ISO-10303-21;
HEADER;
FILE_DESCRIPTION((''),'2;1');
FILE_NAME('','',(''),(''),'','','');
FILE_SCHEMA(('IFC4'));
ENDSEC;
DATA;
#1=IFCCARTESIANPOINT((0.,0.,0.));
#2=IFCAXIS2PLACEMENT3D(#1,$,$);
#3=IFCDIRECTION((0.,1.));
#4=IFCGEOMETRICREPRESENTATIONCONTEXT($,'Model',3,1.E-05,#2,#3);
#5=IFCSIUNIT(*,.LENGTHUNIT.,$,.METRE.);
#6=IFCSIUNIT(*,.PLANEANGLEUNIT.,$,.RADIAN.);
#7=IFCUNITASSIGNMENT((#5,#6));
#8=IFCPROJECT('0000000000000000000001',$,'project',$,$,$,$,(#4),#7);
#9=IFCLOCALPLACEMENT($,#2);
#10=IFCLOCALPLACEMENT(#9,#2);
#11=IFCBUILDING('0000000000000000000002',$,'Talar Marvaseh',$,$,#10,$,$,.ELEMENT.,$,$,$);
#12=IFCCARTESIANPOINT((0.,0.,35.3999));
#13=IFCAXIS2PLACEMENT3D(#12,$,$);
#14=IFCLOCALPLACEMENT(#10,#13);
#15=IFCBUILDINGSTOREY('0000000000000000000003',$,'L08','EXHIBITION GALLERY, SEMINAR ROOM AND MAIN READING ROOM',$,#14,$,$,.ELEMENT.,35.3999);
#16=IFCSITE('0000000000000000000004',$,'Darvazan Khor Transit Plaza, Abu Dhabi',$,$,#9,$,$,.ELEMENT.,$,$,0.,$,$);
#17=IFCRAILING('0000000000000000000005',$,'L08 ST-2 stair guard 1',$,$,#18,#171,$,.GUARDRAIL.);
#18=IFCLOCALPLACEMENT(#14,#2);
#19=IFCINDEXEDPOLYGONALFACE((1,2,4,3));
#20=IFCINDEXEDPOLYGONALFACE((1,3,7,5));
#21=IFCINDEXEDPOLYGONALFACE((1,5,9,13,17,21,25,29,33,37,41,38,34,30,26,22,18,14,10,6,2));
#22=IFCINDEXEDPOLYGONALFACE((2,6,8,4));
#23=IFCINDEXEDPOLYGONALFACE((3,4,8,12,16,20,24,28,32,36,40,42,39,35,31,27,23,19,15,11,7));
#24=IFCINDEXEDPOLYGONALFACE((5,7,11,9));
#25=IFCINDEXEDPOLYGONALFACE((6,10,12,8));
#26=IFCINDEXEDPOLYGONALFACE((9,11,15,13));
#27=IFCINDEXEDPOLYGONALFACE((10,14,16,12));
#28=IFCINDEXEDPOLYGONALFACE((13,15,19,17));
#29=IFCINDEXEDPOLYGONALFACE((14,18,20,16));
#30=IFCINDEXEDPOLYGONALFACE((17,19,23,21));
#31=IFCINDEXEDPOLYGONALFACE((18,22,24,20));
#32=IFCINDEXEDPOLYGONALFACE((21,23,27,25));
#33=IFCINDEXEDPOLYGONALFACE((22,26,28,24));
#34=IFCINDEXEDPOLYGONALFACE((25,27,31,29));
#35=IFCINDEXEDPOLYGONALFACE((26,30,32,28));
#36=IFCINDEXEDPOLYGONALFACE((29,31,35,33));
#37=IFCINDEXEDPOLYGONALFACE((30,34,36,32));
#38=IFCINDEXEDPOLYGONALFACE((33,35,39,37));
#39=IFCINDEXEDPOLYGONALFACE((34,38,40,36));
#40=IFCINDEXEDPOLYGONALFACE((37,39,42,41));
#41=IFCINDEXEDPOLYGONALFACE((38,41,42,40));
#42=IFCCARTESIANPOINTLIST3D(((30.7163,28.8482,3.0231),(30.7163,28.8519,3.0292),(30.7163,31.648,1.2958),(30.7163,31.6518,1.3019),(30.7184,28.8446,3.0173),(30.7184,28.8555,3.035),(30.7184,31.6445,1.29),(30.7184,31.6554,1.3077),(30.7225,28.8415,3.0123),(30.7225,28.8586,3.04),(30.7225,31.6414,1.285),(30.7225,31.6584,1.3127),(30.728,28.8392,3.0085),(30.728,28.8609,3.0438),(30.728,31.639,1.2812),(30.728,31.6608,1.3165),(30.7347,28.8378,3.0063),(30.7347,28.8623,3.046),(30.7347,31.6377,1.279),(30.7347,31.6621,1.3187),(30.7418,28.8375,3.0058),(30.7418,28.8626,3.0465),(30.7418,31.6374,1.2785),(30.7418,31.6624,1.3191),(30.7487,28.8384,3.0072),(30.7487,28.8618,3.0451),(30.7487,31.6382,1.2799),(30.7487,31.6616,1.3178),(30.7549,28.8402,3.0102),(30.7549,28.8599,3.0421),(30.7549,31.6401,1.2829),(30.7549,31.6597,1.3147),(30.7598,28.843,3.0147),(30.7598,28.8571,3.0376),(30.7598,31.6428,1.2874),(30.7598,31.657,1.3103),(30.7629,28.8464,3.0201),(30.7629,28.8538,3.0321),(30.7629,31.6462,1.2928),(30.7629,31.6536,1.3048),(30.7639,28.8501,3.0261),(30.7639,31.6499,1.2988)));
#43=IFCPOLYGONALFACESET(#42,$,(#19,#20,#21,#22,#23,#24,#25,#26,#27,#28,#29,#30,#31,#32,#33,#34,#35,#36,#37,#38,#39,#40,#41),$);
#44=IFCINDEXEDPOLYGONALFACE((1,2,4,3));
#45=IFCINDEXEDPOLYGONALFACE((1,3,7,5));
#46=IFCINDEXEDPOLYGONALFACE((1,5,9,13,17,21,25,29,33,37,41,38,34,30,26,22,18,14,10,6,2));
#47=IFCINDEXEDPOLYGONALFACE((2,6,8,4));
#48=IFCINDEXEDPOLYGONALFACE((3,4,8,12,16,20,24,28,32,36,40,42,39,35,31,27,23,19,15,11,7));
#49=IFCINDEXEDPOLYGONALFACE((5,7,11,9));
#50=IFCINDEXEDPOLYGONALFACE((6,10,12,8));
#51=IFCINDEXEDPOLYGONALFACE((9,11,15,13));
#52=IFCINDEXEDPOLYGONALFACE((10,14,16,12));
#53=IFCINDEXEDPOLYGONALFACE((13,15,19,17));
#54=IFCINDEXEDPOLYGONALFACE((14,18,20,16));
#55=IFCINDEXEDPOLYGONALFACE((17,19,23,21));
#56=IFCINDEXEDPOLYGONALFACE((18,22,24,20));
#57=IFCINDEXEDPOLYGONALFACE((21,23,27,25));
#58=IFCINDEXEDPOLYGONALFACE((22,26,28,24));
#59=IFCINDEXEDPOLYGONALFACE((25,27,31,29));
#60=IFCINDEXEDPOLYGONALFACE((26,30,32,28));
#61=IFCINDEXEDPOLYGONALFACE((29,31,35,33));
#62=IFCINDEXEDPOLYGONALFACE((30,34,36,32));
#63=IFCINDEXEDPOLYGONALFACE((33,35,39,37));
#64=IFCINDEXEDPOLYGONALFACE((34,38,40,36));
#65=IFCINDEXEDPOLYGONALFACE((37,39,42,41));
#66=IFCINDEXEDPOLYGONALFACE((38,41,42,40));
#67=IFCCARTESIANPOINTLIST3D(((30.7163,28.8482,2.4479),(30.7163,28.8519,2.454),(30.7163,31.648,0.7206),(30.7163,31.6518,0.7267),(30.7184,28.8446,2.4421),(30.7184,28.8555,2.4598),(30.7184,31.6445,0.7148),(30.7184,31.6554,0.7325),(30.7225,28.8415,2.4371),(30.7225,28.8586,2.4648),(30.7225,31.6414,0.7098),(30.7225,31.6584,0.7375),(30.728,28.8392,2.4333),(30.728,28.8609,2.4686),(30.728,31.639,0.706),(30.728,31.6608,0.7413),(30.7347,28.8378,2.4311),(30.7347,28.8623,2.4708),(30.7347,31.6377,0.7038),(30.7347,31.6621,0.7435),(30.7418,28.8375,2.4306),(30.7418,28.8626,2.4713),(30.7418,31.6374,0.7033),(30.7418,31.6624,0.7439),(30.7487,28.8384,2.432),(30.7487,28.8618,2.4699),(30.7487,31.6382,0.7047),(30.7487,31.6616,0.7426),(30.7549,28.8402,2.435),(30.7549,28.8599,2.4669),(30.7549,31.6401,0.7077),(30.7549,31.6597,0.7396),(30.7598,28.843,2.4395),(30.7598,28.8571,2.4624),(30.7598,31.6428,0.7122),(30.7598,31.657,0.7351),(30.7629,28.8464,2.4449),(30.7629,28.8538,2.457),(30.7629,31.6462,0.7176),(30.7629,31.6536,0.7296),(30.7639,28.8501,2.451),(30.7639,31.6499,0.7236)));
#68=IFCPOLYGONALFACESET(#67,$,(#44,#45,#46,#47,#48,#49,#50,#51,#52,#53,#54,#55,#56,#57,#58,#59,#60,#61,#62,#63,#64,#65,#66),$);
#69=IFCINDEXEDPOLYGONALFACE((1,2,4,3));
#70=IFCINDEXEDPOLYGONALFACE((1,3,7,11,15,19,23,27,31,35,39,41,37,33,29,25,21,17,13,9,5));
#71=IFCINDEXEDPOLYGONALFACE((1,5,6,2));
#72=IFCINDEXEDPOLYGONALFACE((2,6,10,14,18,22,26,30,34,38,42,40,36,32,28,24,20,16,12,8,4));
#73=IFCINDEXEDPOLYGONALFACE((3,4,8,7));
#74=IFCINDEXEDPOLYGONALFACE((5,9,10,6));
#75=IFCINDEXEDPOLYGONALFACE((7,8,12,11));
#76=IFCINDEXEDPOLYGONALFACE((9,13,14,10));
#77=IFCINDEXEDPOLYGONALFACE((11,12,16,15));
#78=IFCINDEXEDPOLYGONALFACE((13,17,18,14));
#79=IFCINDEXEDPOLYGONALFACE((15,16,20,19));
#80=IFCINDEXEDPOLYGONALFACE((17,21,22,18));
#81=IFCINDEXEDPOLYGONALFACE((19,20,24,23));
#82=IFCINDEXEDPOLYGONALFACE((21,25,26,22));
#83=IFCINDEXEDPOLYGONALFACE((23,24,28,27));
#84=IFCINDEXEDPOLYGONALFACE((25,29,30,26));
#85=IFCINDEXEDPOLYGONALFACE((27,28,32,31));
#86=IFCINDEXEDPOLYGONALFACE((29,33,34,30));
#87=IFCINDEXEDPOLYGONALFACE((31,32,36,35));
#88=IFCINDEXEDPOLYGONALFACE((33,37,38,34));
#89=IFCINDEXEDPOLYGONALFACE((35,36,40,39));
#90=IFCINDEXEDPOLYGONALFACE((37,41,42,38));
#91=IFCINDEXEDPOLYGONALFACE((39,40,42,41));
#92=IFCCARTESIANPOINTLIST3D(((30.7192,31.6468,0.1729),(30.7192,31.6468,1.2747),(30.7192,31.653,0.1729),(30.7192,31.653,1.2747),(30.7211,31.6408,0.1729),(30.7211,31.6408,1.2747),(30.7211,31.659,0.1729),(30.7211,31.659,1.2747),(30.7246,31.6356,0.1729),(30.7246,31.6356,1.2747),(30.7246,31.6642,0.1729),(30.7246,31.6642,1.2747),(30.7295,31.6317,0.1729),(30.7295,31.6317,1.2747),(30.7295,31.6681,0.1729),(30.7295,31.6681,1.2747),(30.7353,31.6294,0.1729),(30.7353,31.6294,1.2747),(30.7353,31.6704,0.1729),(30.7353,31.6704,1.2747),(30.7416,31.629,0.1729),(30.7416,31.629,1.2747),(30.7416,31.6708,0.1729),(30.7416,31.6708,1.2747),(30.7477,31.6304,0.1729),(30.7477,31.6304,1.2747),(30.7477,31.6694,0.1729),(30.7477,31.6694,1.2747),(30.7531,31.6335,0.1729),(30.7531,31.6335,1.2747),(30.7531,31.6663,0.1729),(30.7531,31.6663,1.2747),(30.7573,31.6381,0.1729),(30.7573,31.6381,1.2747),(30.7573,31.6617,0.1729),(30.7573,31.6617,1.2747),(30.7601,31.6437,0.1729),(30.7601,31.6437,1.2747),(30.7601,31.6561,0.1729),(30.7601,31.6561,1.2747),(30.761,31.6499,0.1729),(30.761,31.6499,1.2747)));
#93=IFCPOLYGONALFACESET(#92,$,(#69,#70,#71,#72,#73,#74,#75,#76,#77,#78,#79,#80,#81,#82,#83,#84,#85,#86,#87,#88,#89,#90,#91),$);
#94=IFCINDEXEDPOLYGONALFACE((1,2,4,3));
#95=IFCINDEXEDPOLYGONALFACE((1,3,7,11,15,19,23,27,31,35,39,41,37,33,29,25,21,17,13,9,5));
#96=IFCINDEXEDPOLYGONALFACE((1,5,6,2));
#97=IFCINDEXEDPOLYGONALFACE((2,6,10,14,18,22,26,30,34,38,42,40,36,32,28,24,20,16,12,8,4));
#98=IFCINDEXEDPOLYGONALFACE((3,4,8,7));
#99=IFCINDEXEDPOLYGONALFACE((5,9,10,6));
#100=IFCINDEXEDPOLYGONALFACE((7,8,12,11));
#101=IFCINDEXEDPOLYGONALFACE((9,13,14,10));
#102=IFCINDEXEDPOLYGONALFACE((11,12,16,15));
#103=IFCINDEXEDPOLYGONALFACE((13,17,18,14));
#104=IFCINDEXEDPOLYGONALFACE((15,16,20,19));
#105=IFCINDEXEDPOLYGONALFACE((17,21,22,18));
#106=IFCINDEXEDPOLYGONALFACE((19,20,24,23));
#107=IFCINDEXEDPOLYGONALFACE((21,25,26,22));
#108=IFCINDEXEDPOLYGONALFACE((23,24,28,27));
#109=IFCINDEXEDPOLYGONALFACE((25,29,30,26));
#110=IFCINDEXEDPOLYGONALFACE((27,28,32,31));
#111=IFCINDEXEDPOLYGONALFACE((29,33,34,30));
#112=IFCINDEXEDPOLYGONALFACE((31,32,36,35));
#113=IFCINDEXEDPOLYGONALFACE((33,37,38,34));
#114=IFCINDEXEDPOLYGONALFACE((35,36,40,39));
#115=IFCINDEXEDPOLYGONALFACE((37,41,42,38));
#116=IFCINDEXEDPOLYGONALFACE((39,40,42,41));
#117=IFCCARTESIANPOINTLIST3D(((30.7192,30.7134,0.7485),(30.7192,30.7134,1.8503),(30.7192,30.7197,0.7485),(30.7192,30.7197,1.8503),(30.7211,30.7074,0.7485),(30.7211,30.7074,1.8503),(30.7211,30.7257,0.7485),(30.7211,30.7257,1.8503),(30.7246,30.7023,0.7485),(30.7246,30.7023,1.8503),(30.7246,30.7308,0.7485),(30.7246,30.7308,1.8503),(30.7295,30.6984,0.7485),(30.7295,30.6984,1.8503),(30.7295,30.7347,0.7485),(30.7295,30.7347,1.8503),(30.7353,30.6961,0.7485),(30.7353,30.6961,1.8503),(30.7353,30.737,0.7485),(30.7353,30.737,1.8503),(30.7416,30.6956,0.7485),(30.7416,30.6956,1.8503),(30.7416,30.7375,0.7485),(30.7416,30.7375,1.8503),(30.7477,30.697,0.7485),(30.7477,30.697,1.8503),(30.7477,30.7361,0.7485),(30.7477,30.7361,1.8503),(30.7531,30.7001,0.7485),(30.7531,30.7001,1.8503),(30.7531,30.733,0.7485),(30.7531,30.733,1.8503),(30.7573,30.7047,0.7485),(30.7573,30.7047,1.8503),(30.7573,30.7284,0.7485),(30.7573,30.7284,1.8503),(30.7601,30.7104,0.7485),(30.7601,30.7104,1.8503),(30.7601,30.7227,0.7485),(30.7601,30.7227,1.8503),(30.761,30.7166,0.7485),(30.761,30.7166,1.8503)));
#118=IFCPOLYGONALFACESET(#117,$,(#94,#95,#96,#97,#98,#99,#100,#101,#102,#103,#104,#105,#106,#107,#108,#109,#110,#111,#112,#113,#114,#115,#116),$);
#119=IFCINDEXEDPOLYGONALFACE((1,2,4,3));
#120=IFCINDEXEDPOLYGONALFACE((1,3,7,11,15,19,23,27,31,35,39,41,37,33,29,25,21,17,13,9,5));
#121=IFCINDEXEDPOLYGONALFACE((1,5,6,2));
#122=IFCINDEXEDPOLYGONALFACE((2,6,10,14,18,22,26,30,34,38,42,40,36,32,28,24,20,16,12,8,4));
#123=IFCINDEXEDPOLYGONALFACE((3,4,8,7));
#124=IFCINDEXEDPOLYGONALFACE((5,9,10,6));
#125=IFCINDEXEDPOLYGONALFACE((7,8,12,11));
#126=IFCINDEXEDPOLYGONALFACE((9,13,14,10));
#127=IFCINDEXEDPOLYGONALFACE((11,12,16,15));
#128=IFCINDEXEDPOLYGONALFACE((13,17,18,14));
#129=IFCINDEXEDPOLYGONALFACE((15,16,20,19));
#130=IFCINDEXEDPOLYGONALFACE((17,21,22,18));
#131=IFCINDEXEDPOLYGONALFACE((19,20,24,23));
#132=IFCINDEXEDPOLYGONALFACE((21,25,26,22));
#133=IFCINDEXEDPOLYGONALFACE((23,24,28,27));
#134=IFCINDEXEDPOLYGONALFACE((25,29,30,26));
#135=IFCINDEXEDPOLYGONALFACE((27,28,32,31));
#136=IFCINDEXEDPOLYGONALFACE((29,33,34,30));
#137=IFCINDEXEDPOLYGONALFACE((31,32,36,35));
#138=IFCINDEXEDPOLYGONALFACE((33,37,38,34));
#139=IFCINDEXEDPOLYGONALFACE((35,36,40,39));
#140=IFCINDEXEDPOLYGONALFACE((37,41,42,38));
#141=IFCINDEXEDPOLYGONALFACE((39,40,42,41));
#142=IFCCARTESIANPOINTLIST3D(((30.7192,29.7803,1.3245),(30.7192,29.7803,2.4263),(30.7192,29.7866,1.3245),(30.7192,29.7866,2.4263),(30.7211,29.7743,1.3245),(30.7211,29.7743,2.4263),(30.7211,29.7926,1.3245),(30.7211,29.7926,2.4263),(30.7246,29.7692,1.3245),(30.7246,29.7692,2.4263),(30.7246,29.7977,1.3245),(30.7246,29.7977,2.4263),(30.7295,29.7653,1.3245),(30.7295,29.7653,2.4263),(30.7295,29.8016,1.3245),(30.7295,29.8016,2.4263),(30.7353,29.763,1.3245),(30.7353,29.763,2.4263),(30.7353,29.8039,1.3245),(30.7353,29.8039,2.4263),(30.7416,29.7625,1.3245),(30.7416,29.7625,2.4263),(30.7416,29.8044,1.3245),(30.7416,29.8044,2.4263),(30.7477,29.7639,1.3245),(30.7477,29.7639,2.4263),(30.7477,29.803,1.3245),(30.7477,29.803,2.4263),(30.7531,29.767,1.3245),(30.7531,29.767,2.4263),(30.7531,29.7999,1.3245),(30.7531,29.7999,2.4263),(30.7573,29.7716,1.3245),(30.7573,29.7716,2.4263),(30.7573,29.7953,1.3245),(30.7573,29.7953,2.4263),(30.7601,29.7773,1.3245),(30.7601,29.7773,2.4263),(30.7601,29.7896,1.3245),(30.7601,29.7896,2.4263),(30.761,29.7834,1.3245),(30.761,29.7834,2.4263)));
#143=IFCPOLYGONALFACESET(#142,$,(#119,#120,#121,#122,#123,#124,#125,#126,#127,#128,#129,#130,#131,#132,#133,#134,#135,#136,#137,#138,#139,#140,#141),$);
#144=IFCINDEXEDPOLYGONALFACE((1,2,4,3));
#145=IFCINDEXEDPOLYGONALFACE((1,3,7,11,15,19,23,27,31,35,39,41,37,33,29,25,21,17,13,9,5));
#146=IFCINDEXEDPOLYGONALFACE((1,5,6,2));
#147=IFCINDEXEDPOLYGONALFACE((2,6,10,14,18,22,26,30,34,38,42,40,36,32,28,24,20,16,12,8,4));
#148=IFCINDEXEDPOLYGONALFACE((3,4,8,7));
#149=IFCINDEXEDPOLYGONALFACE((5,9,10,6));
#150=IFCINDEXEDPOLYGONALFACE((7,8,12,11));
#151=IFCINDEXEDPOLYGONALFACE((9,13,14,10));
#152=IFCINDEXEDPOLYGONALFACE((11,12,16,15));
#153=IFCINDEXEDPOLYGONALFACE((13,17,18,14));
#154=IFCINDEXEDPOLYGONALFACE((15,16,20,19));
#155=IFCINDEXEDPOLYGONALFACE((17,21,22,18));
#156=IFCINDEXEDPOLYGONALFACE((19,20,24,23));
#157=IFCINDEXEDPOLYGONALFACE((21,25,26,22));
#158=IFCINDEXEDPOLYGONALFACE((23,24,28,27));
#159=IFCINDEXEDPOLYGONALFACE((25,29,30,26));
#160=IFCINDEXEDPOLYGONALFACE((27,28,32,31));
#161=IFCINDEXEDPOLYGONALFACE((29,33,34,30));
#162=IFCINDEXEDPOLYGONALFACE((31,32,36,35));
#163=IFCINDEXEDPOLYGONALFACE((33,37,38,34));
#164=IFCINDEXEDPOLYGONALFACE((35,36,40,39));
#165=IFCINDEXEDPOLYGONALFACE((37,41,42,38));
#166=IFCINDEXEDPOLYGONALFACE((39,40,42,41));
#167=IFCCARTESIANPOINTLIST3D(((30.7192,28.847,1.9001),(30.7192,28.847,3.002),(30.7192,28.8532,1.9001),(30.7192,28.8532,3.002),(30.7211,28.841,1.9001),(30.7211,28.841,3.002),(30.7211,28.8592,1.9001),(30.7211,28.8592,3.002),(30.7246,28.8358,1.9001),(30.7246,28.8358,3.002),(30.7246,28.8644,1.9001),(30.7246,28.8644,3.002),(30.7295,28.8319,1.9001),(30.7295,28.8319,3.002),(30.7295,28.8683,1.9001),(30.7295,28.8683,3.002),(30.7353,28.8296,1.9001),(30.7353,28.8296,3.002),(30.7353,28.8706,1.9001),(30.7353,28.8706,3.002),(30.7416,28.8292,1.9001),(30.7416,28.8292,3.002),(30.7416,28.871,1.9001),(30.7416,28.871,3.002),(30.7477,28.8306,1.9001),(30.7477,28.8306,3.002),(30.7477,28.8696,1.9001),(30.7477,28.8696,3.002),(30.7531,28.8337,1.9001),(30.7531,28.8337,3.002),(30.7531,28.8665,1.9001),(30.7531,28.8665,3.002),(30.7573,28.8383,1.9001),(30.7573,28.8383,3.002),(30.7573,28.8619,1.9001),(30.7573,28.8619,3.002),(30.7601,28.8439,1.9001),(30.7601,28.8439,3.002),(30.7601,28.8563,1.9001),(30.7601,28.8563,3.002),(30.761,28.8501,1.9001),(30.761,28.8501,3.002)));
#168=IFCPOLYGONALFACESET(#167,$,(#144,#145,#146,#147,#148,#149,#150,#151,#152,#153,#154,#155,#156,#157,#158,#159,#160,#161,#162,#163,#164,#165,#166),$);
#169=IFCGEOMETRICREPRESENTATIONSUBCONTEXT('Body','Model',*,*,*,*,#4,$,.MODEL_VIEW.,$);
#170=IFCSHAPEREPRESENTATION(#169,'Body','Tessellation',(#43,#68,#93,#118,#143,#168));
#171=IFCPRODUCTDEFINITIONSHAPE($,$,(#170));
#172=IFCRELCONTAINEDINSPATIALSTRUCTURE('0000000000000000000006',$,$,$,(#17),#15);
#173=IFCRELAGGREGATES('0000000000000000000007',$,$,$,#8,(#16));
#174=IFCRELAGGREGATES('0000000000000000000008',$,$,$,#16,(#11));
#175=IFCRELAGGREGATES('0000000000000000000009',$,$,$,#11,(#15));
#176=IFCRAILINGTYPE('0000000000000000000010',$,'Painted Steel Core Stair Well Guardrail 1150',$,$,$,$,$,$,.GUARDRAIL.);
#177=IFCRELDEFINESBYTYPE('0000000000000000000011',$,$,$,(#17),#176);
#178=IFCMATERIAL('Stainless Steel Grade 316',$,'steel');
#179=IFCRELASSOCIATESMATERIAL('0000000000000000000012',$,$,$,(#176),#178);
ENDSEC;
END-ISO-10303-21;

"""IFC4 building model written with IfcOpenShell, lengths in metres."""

from ifc_helpers import new_model, si_unit, direction, frame, origin, origin_2d, place, context, subcontext, project, spatial, circle, extrude, material, type_object, element, save


model = new_model("IFC4")

# Units and contexts
model_context = context("Model", 3, precision=1e-05, world=origin(), true_north=direction((0.0, 1.0)))
body_context = subcontext(model_context, "Body", "Model", "MODEL_VIEW")
ifc_project = project(units=[si_unit("LENGTHUNIT", "METRE"), si_unit("PLANEANGLEUNIT", "RADIAN")], contexts=[model_context])

# Site, building, storey
site_placement = place(None, origin())
site = spatial("IfcSite", under=ifc_project, at=site_placement, Name="Darvazan Khor Transit Plaza, Abu Dhabi", CompositionType="ELEMENT", RefElevation=0.0)
building_placement = place(site_placement, origin())
building = spatial("IfcBuilding", under=site, at=building_placement, Name="Talar Marvaseh", CompositionType="ELEMENT")
storey_placement = place(building_placement, frame((0.0, 0.0, 35.3999)))
storey = spatial("IfcBuildingStorey", under=building, at=storey_placement, Name="L08", Description="EXHIBITION GALLERY, SEMINAR ROOM AND MAIN READING ROOM", CompositionType="ELEMENT", Elevation=35.3999)

# Railing
ifc_material_1 = material(Name="Stainless Steel Grade 316", Category="steel")
railing_type_1 = type_object("IfcRailingType", Name="Painted Steel Core Stair Well Guardrail 1150", PredefinedType="GUARDRAIL", material=ifc_material_1)
railing_1_placement = place(storey_placement, frame((30.74, 31.6499, 0.1729)))
element("IfcRailing", 1, at=railing_1_placement, inside=storey, type_object=railing_type_1, Name="L08 ST-2 stair guard 1", PredefinedType="GUARDRAIL", context=body_context, shape_type="SweptSolid", body=[
    extrude(circle(Radius=0.0239, at=origin_2d()), frame((0.0, 0.0, 1.126), z_axis=(0.0, -0.851069, 0.525054), x_axis=(1.0, 0.0, 0.0)), (0.0, 0.0, 1.0), 3.2898),
    extrude(circle(Radius=0.0239, at=origin_2d()), frame((0.0, 0.0, 0.5508), z_axis=(0.0, -0.851069, 0.525054), x_axis=(1.0, 0.0, 0.0)), (0.0, 0.0, 1.0), 3.2898),
    extrude(circle(Radius=0.021, at=origin_2d()), origin(), (0.0, 0.0, 1.0), 1.1018),
    extrude(circle(Radius=0.021, at=origin_2d()), frame((0.0, -0.9333, 0.5757)), (0.0, 0.0, 1.0), 1.1018),
    extrude(circle(Radius=0.021, at=origin_2d()), frame((0.0, -1.8665, 1.1516)), (0.0, 0.0, 1.0), 1.1018),
    extrude(circle(Radius=0.021, at=origin_2d()), frame((0.0, -2.7998, 1.7273)), (0.0, 0.0, 1.0), 1.1018),
])

save(model, "model.ifc")
